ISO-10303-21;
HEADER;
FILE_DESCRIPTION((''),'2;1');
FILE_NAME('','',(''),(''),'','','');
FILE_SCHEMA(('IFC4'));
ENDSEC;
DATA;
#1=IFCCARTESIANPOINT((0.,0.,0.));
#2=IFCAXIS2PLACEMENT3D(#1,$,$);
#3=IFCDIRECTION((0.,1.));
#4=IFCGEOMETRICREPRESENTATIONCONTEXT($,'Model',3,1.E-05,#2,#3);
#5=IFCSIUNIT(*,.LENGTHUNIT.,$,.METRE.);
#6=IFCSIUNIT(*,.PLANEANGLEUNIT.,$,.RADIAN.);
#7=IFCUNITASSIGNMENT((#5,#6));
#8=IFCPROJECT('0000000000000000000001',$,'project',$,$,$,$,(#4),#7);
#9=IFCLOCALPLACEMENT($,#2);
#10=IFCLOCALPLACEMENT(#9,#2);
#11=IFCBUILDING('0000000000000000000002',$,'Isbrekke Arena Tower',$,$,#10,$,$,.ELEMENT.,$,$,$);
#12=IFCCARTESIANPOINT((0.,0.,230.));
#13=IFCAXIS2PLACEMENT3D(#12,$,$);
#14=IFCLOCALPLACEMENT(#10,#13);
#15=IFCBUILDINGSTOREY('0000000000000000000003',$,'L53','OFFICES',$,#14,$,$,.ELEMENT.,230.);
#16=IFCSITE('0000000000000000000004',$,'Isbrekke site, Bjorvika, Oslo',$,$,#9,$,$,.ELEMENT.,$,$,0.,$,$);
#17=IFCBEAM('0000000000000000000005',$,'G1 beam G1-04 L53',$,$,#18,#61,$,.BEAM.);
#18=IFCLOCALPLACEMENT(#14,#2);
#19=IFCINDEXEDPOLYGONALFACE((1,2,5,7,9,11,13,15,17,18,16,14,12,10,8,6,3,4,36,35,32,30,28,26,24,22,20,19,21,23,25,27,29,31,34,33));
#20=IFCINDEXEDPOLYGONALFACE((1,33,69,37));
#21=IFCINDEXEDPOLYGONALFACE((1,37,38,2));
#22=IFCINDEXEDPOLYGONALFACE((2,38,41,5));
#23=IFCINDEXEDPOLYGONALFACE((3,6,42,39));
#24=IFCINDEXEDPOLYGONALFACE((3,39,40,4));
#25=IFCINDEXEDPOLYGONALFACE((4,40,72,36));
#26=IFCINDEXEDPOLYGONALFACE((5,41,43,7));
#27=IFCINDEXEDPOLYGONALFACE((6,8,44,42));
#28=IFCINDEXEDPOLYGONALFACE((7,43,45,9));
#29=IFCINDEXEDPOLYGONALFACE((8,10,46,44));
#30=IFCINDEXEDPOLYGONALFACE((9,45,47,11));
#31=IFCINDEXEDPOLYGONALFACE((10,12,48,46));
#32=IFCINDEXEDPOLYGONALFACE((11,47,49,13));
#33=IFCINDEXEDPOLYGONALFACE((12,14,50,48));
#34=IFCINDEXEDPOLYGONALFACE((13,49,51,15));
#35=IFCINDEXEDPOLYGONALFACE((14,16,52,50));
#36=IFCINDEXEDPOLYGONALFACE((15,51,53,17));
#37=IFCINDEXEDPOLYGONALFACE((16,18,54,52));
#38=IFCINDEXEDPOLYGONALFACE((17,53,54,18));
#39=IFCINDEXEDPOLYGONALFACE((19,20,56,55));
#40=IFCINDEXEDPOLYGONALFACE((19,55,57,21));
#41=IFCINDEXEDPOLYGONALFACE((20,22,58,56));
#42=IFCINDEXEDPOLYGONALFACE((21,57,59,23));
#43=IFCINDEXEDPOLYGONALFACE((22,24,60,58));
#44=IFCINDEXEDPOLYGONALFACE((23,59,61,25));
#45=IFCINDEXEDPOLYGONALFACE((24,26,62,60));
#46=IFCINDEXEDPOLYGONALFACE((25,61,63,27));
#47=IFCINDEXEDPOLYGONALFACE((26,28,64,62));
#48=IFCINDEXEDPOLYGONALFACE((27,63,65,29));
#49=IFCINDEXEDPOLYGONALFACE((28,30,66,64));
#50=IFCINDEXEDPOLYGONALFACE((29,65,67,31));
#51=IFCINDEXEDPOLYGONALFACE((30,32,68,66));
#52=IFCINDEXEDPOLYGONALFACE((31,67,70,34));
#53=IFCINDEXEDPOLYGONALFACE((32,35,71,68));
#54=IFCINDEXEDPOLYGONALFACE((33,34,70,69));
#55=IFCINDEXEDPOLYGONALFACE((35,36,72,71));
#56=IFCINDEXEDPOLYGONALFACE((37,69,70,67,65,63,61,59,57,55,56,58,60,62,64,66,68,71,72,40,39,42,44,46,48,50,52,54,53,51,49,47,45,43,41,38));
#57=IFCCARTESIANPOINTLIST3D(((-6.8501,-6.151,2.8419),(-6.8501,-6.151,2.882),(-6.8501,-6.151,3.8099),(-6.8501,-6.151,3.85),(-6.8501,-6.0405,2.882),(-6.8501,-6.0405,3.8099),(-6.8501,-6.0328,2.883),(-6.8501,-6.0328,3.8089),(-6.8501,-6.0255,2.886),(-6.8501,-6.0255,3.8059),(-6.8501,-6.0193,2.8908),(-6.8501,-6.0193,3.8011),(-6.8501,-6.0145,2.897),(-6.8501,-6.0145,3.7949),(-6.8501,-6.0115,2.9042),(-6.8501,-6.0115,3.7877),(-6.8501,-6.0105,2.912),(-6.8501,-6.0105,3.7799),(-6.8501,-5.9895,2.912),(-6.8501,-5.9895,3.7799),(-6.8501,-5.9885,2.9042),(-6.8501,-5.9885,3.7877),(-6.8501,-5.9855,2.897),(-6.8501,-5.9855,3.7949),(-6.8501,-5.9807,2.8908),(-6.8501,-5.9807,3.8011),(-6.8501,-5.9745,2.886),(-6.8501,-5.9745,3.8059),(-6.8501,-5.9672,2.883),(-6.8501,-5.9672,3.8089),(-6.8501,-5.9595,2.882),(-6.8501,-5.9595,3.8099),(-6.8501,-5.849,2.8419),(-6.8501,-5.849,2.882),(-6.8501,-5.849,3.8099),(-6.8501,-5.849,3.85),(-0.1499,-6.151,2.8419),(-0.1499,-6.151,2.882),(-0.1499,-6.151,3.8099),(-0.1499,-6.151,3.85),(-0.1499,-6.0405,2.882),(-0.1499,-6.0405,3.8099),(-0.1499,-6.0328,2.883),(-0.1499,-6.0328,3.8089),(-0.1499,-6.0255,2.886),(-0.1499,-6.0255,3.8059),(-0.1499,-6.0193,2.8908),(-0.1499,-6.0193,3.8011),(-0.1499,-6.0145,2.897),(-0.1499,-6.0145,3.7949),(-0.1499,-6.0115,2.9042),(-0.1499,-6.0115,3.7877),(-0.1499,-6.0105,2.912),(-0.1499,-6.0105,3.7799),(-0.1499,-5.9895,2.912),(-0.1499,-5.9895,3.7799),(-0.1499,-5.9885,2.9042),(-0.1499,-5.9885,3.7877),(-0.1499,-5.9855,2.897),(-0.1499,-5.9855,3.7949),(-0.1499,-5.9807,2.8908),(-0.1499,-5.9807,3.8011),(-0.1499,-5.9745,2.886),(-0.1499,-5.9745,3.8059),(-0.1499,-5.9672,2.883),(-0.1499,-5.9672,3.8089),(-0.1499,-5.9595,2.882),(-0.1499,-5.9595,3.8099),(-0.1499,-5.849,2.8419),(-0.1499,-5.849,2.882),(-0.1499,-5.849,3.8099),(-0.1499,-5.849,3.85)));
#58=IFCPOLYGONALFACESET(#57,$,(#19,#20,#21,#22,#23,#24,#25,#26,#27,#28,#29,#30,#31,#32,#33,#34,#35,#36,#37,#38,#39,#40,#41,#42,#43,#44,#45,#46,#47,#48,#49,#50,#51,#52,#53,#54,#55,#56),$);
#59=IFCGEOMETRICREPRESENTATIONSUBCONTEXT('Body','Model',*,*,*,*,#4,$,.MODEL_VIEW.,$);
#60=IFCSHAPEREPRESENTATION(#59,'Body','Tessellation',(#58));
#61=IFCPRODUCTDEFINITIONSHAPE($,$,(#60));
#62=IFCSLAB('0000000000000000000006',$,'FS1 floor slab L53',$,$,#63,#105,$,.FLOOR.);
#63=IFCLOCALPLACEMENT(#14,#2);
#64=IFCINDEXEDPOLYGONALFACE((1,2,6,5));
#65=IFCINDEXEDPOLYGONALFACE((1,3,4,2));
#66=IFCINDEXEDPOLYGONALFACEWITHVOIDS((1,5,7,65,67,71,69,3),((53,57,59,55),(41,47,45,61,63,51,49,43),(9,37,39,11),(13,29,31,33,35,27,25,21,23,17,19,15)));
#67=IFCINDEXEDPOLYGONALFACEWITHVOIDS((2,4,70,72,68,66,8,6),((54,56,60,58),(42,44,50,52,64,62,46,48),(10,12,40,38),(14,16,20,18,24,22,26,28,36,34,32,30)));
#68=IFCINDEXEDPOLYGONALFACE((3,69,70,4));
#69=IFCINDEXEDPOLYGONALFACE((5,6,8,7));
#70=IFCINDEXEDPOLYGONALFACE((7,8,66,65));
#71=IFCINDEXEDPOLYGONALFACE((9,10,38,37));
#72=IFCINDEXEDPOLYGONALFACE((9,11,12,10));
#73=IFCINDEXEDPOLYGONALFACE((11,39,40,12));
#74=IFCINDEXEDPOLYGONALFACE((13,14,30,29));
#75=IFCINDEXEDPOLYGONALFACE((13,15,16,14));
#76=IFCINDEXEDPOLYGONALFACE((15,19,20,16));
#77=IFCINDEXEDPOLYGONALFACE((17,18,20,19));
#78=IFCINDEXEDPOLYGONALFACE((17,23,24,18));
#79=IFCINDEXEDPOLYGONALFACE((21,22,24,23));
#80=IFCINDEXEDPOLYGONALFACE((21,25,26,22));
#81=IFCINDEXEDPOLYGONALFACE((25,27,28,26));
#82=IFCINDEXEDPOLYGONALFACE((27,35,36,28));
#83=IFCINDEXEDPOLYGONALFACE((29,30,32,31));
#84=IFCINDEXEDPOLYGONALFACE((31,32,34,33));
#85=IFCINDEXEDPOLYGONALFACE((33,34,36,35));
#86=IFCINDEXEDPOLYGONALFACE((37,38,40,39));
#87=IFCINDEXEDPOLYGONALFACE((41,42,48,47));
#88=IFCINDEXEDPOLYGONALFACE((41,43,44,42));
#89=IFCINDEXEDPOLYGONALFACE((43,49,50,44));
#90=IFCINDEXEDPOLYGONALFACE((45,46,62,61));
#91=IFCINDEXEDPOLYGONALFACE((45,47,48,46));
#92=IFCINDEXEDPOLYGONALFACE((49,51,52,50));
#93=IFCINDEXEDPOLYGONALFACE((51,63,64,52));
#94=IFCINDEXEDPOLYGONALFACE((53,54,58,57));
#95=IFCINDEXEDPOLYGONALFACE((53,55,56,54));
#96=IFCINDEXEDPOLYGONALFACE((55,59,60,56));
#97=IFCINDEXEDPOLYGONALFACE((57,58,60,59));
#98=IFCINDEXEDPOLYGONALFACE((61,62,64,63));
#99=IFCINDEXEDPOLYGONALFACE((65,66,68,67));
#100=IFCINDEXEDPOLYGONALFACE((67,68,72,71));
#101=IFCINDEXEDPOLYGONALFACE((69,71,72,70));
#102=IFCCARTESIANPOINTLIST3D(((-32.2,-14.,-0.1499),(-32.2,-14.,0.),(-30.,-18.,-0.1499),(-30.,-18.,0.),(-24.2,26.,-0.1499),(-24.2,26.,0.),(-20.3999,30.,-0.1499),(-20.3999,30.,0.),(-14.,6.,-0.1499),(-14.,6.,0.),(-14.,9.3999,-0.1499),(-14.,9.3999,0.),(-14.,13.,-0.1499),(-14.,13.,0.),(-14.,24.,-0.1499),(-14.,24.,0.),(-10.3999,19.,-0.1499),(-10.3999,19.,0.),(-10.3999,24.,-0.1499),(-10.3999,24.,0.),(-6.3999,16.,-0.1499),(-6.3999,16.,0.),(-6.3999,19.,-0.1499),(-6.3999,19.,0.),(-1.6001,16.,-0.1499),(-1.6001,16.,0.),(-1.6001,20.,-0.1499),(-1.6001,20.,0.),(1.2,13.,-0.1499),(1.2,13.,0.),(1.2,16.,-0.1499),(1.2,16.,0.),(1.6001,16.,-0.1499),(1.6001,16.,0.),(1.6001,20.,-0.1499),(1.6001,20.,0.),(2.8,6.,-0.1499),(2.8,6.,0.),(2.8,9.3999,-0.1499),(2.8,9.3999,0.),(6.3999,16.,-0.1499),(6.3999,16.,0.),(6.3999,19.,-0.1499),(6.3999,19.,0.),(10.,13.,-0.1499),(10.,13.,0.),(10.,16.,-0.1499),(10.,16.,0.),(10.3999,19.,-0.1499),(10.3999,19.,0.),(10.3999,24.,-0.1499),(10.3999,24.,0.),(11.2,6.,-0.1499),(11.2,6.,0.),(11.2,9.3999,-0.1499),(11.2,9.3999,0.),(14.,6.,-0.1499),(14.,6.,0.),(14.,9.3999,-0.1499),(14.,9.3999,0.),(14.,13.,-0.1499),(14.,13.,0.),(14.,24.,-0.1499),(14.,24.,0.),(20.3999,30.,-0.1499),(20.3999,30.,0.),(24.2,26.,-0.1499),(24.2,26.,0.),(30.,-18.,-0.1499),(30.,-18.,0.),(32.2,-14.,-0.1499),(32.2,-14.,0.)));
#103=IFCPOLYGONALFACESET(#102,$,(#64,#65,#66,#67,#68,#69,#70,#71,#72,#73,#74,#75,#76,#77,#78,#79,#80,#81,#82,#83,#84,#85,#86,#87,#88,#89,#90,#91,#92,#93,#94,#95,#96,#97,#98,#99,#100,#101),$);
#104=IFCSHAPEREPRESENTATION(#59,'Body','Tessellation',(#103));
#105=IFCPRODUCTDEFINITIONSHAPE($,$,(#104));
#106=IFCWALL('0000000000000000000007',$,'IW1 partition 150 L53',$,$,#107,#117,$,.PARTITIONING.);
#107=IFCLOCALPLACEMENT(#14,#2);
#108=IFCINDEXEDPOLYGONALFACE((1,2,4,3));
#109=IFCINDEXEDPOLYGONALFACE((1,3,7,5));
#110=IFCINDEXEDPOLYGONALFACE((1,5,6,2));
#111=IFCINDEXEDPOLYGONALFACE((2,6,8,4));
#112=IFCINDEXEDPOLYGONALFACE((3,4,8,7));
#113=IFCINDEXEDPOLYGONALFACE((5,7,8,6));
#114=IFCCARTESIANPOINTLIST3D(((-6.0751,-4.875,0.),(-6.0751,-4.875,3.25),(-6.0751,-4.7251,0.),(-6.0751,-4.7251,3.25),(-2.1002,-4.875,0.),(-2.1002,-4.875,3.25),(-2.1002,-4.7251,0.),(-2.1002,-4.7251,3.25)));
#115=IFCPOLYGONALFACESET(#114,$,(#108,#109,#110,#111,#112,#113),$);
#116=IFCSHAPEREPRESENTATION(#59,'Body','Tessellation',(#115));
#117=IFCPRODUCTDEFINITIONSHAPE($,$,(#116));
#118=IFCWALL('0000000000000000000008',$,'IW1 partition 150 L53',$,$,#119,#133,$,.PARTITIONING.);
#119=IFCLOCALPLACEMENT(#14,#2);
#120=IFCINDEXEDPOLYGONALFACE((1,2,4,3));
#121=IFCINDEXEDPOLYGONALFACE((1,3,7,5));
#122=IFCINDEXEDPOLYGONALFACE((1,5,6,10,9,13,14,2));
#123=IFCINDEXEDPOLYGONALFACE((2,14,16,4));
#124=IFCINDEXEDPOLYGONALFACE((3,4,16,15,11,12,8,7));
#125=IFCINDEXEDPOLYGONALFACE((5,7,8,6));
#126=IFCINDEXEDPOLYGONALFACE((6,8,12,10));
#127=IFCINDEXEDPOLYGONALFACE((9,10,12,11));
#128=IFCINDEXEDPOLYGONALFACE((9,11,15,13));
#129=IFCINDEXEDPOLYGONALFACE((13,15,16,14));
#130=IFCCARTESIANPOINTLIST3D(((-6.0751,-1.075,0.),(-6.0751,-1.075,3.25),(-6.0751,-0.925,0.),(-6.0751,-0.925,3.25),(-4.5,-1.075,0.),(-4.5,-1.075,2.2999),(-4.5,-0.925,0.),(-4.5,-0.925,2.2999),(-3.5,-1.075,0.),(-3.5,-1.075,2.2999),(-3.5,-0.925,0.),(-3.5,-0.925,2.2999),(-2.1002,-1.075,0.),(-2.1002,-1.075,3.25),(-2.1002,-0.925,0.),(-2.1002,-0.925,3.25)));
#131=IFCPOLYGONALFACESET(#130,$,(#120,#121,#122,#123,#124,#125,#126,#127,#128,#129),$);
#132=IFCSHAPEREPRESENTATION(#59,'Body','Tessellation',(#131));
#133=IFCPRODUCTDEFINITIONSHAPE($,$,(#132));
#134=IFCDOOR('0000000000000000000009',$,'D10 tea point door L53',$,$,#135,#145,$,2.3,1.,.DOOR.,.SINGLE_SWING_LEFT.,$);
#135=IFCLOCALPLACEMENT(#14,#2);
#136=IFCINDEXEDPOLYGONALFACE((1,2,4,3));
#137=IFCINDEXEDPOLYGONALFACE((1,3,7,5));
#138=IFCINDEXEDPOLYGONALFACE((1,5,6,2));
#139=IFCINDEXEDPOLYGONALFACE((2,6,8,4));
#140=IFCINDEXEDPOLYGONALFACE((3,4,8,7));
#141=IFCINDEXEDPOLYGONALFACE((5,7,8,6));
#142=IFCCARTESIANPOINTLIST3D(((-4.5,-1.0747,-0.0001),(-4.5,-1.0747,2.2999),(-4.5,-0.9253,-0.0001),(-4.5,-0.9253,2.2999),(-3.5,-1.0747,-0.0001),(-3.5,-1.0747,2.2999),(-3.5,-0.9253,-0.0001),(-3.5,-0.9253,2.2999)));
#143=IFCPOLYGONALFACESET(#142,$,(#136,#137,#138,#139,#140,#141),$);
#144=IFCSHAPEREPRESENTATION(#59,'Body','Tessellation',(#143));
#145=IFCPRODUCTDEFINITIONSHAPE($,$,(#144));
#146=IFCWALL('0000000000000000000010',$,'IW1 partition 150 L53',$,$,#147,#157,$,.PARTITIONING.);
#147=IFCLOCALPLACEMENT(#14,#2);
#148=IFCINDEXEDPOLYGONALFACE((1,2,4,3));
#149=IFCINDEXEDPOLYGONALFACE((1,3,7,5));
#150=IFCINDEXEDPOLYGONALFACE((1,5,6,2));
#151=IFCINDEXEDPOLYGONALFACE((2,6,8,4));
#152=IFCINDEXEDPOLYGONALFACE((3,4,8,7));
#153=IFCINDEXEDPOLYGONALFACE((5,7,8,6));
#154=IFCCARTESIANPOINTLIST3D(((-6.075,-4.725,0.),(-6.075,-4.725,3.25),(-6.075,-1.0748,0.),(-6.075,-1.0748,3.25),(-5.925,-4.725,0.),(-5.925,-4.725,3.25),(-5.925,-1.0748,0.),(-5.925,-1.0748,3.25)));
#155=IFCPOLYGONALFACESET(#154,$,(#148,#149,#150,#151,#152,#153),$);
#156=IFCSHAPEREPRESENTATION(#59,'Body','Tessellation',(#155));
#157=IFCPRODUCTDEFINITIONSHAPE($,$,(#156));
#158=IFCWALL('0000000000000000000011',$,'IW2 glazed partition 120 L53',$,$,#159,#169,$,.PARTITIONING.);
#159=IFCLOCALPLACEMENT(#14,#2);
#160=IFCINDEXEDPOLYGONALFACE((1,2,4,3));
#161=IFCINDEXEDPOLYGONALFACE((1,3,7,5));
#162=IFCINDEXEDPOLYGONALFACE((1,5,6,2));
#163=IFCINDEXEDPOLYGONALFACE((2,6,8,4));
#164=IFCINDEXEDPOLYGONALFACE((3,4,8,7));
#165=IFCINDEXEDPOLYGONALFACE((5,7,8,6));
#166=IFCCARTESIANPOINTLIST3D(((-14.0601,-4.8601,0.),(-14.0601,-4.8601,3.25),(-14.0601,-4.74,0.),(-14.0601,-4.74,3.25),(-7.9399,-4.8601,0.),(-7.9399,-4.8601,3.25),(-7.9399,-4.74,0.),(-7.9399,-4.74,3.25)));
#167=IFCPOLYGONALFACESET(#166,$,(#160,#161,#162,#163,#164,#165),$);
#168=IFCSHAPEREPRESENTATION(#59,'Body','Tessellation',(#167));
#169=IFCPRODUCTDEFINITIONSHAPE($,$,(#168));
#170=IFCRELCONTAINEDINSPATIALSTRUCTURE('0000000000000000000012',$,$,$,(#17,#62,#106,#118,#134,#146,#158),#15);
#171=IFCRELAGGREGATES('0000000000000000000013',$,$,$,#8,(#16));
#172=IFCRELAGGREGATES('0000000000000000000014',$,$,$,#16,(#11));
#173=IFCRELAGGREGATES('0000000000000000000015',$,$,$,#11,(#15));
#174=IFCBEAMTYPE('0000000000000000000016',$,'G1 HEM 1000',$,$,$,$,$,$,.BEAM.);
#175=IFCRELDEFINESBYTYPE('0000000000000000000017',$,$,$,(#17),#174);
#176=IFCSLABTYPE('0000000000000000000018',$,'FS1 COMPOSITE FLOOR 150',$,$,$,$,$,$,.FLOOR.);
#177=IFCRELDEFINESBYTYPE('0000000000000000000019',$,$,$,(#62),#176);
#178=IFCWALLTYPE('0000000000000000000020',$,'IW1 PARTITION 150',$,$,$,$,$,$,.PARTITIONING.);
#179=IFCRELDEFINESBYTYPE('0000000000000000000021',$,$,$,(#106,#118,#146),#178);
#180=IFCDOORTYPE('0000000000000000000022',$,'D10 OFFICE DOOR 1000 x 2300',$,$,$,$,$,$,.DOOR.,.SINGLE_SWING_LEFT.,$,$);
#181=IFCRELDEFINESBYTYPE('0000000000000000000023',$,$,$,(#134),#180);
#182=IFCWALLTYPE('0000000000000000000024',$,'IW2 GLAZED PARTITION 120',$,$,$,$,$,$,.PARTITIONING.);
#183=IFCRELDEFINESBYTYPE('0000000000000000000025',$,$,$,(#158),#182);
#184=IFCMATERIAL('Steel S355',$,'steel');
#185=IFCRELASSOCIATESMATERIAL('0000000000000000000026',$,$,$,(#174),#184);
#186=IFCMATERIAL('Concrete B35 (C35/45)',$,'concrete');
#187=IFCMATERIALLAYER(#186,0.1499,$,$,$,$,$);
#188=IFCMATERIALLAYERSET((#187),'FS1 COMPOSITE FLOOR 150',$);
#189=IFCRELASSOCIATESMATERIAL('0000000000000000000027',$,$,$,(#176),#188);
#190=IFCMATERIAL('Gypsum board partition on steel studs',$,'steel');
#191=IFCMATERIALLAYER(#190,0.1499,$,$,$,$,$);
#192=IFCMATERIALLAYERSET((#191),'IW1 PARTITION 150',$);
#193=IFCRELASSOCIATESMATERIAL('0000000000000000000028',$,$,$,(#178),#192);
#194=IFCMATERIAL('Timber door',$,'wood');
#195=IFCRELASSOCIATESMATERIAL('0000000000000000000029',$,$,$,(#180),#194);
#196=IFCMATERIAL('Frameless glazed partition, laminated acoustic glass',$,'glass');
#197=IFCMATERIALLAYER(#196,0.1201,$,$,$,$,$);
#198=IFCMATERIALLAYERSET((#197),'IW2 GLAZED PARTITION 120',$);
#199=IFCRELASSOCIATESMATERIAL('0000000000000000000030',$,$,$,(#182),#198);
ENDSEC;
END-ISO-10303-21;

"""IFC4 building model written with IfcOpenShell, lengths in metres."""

from ifc_helpers import new_model, si_unit, direction, frame, frame_2d, origin, origin_2d, place, context, subcontext, project, spatial, polyline, rectangle, i_section, outline, extrude, material, layer, layer_set, material_profile, profile_set, type_object, element, fill, save


model = new_model("IFC4")

# Units and contexts
model_context = context("Model", 3, precision=1e-05, world=origin(), true_north=direction((0.0, 1.0)))
body_context = subcontext(model_context, "Body", "Model", "MODEL_VIEW")
ifc_project = project(units=[si_unit("LENGTHUNIT", "METRE"), si_unit("PLANEANGLEUNIT", "RADIAN")], contexts=[model_context])

# Site, building, storey
site_placement = place(None, origin())
site = spatial("IfcSite", under=ifc_project, at=site_placement, Name="Isbrekke site, Bjorvika, Oslo", CompositionType="ELEMENT", RefElevation=0.0)
building_placement = place(site_placement, origin())
building = spatial("IfcBuilding", under=site, at=building_placement, Name="Isbrekke Arena Tower", CompositionType="ELEMENT")
storey_placement = place(building_placement, frame((0.0, 0.0, 230.0)))
storey = spatial("IfcBuildingStorey", under=building, at=storey_placement, Name="L53", Description="OFFICES", CompositionType="ELEMENT", Elevation=230.0)

# Beam
ifc_material_1 = material(Name="Steel S355", Category="steel")
ifc_material_profile_1 = material_profile(ifc_material_1, i_section(OverallWidth=0.302, OverallDepth=1.0081, WebThickness=0.021, FlangeThickness=0.04, FilletRadius=0.03, at=origin_2d()), Name="HEM 1000")
ifc_profile_set_1 = profile_set([ifc_material_profile_1], Name="Steel S355")
beam_type_1 = type_object("IfcBeamType", Name="G1 HEM 1000", PredefinedType="BEAM", material=ifc_profile_set_1)
for number, where, z_axis, x_axis, name in (
    (1, (-6.8501, -6.0, 3.3459), (1.0, 0.0, 0.0), (0.0, 1.0, 0.0), "G1 beam G1-04 L53"),
):
    element("IfcBeam", number, at=place(storey_placement, frame(where, z_axis=z_axis, x_axis=x_axis)), inside=storey, type_object=beam_type_1, Name=name, PredefinedType="BEAM", context=body_context, shape_type="SweptSolid", body=[
        extrude(i_section(OverallWidth=0.302, OverallDepth=1.0081, WebThickness=0.021, FlangeThickness=0.04, FilletRadius=0.03, at=origin_2d()), origin(), (0.0, 0.0, 1.0), 6.7002),
    ])

# Slab
ifc_material_2 = material(Name="Concrete B35 (C35/45)", Category="concrete")
ifc_layer_1 = layer(ifc_material_2, 0.1499)
ifc_layer_set_1 = layer_set([ifc_layer_1], Name="FS1 COMPOSITE FLOOR 150")
slab_type = type_object("IfcSlabType", Name="FS1 COMPOSITE FLOOR 150", PredefinedType="FLOOR", material=ifc_layer_set_1)
slab_placement = place(storey_placement, frame((0.0, 0.0, -0.1499)))
element("IfcSlab", 2, at=slab_placement, inside=storey, type_object=slab_type, Name="FS1 floor slab L53", PredefinedType="FLOOR", context=body_context, shape_type="SweptSolid", body=[
    extrude(outline(polyline([(-30.0, -18.0), (30.0, -18.0), (32.2, -14.0), (24.2, 26.0), (20.3999, 30.0), (-20.3999, 30.0), (-24.2, 26.0), (-32.2, -14.0), (-30.0, -18.0)]), holes=[polyline([(2.8, 9.3999), (2.8, 6.0), (-14.0, 6.0), (-14.0, 9.3999), (2.8, 9.3999)]), polyline([(11.2, 6.0), (11.2, 9.3999), (14.0, 9.3999), (14.0, 6.0), (11.2, 6.0)]), polyline([(-14.0, 13.0), (-14.0, 24.0), (-10.3999, 24.0), (-10.3999, 19.0), (-6.3999, 19.0), (-6.3999, 16.0), (-1.6001, 16.0), (-1.6001, 20.0), (1.6001, 20.0), (1.6001, 16.0), (1.2, 16.0), (1.2, 13.0), (-14.0, 13.0)]), polyline([(10.0, 13.0), (10.0, 16.0), (6.3999, 16.0), (6.3999, 19.0), (10.3999, 19.0), (10.3999, 24.0), (14.0, 24.0), (14.0, 13.0), (10.0, 13.0)])]), origin(), (0.0, 0.0, 1.0), 0.1499),
])

# Wall
ifc_material_3 = material(Name="Gypsum board partition on steel studs", Category="steel")
ifc_layer_2 = layer(ifc_material_3, 0.1499)
ifc_layer_set_2 = layer_set([ifc_layer_2], Name="IW1 PARTITION 150")
wall_type_1 = type_object("IfcWallType", Name="IW1 PARTITION 150", PredefinedType="PARTITIONING", material=ifc_layer_set_2)
wall_1_placement = place(storey_placement, frame((-6.075, -4.8, 0.0), z_axis=(0.0, 0.0, 1.0), x_axis=(1.0, 0.0, 0.0)))
element("IfcWall", 3, at=wall_1_placement, inside=storey, type_object=wall_type_1, Name="IW1 partition 150 L53", PredefinedType="PARTITIONING", context=body_context, shape_type="SweptSolid", body=[
    extrude(rectangle(XDim=3.9749, YDim=0.1499, at=frame_2d((1.9873, 0.0))), origin(), (0.0, 0.0, 1.0), 3.25),
])

# Wall, opening, door
wall_2_placement = place(storey_placement, frame((-6.075, -1.0, 0.0), z_axis=(0.0, 0.0, 1.0), x_axis=(1.0, 0.0, 0.0)))
wall_2 = element("IfcWall", 4, at=wall_2_placement, inside=storey, type_object=wall_type_1, Name="IW1 partition 150 L53", PredefinedType="PARTITIONING", context=body_context, shape_type="SweptSolid", body=[
    extrude(rectangle(XDim=3.9749, YDim=0.1499, at=frame_2d((1.9873, 0.0))), origin(), (0.0, 0.0, 1.0), 3.25),
])
opening_1_placement = place(wall_2_placement, frame((1.575, 0.0, 0.0)))
opening_1 = element("IfcOpeningElement", 5, at=opening_1_placement, cuts=wall_2, PredefinedType="OPENING", context=body_context, shape_type="SweptSolid", body=[
    extrude(rectangle(XDim=1.0, YDim=2.3, at=frame_2d((0.5, 1.1499))), frame((0.0, 0.0898, 0.0), z_axis=(0.0, -1.0, 0.0), x_axis=(1.0, 0.0, 0.0)), (0.0, 0.0, 1.0), 0.1797),
])
ifc_material_4 = material(Name="Timber door", Category="wood")
door_type_1 = type_object("IfcDoorType", Name="D10 OFFICE DOOR 1000 x 2300", OperationType="SINGLE_SWING_LEFT", PredefinedType="DOOR", material=ifc_material_4)
door_1_placement = place(opening_1_placement, origin())
door_1 = element("IfcDoor", 6, at=door_1_placement, inside=storey, type_object=door_type_1, Name="D10 tea point door L53", OperationType="SINGLE_SWING_LEFT", OverallHeight=2.3, OverallWidth=1.0, PredefinedType="DOOR", context=body_context, shape_type="SweptSolid", body=[
    extrude(rectangle(XDim=1.0, YDim=2.3, at=frame_2d((0.5, 1.1499))), frame((0.0, 0.0747, 0.0), z_axis=(0.0, -1.0, 0.0), x_axis=(1.0, 0.0, 0.0)), (0.0, 0.0, 1.0), 0.1494),
])
fill(opening_1, door_1)

# Walls
wall_3_placement = place(storey_placement, frame((-6.0, -4.7251, 0.0), z_axis=(0.0, 0.0, 1.0), x_axis=(0.0, 1.0, 0.0)))
element("IfcWall", 7, at=wall_3_placement, inside=storey, type_object=wall_type_1, Name="IW1 partition 150 L53", PredefinedType="PARTITIONING", context=body_context, shape_type="SweptSolid", body=[
    extrude(rectangle(XDim=3.6501, YDim=0.1499, at=frame_2d((1.8252, 0.0))), origin(), (0.0, 0.0, 1.0), 3.25),
])
ifc_material_5 = material(Name="Frameless glazed partition, laminated acoustic glass", Category="glass")
ifc_layer_3 = layer(ifc_material_5, 0.1201)
ifc_layer_set_3 = layer_set([ifc_layer_3], Name="IW2 GLAZED PARTITION 120")
wall_type_2 = type_object("IfcWallType", Name="IW2 GLAZED PARTITION 120", PredefinedType="PARTITIONING", material=ifc_layer_set_3)
wall_4_placement = place(storey_placement, frame((-14.0601, -4.8, 0.0), z_axis=(0.0, 0.0, 1.0), x_axis=(1.0, 0.0, 0.0)))
element("IfcWall", 8, at=wall_4_placement, inside=storey, type_object=wall_type_2, Name="IW2 glazed partition 120 L53", PredefinedType="PARTITIONING", context=body_context, shape_type="SweptSolid", body=[
    extrude(rectangle(XDim=6.1201, YDim=0.1201, at=frame_2d((3.0601, 0.0))), origin(), (0.0, 0.0, 1.0), 3.25),
])

save(model, "model.ifc")
